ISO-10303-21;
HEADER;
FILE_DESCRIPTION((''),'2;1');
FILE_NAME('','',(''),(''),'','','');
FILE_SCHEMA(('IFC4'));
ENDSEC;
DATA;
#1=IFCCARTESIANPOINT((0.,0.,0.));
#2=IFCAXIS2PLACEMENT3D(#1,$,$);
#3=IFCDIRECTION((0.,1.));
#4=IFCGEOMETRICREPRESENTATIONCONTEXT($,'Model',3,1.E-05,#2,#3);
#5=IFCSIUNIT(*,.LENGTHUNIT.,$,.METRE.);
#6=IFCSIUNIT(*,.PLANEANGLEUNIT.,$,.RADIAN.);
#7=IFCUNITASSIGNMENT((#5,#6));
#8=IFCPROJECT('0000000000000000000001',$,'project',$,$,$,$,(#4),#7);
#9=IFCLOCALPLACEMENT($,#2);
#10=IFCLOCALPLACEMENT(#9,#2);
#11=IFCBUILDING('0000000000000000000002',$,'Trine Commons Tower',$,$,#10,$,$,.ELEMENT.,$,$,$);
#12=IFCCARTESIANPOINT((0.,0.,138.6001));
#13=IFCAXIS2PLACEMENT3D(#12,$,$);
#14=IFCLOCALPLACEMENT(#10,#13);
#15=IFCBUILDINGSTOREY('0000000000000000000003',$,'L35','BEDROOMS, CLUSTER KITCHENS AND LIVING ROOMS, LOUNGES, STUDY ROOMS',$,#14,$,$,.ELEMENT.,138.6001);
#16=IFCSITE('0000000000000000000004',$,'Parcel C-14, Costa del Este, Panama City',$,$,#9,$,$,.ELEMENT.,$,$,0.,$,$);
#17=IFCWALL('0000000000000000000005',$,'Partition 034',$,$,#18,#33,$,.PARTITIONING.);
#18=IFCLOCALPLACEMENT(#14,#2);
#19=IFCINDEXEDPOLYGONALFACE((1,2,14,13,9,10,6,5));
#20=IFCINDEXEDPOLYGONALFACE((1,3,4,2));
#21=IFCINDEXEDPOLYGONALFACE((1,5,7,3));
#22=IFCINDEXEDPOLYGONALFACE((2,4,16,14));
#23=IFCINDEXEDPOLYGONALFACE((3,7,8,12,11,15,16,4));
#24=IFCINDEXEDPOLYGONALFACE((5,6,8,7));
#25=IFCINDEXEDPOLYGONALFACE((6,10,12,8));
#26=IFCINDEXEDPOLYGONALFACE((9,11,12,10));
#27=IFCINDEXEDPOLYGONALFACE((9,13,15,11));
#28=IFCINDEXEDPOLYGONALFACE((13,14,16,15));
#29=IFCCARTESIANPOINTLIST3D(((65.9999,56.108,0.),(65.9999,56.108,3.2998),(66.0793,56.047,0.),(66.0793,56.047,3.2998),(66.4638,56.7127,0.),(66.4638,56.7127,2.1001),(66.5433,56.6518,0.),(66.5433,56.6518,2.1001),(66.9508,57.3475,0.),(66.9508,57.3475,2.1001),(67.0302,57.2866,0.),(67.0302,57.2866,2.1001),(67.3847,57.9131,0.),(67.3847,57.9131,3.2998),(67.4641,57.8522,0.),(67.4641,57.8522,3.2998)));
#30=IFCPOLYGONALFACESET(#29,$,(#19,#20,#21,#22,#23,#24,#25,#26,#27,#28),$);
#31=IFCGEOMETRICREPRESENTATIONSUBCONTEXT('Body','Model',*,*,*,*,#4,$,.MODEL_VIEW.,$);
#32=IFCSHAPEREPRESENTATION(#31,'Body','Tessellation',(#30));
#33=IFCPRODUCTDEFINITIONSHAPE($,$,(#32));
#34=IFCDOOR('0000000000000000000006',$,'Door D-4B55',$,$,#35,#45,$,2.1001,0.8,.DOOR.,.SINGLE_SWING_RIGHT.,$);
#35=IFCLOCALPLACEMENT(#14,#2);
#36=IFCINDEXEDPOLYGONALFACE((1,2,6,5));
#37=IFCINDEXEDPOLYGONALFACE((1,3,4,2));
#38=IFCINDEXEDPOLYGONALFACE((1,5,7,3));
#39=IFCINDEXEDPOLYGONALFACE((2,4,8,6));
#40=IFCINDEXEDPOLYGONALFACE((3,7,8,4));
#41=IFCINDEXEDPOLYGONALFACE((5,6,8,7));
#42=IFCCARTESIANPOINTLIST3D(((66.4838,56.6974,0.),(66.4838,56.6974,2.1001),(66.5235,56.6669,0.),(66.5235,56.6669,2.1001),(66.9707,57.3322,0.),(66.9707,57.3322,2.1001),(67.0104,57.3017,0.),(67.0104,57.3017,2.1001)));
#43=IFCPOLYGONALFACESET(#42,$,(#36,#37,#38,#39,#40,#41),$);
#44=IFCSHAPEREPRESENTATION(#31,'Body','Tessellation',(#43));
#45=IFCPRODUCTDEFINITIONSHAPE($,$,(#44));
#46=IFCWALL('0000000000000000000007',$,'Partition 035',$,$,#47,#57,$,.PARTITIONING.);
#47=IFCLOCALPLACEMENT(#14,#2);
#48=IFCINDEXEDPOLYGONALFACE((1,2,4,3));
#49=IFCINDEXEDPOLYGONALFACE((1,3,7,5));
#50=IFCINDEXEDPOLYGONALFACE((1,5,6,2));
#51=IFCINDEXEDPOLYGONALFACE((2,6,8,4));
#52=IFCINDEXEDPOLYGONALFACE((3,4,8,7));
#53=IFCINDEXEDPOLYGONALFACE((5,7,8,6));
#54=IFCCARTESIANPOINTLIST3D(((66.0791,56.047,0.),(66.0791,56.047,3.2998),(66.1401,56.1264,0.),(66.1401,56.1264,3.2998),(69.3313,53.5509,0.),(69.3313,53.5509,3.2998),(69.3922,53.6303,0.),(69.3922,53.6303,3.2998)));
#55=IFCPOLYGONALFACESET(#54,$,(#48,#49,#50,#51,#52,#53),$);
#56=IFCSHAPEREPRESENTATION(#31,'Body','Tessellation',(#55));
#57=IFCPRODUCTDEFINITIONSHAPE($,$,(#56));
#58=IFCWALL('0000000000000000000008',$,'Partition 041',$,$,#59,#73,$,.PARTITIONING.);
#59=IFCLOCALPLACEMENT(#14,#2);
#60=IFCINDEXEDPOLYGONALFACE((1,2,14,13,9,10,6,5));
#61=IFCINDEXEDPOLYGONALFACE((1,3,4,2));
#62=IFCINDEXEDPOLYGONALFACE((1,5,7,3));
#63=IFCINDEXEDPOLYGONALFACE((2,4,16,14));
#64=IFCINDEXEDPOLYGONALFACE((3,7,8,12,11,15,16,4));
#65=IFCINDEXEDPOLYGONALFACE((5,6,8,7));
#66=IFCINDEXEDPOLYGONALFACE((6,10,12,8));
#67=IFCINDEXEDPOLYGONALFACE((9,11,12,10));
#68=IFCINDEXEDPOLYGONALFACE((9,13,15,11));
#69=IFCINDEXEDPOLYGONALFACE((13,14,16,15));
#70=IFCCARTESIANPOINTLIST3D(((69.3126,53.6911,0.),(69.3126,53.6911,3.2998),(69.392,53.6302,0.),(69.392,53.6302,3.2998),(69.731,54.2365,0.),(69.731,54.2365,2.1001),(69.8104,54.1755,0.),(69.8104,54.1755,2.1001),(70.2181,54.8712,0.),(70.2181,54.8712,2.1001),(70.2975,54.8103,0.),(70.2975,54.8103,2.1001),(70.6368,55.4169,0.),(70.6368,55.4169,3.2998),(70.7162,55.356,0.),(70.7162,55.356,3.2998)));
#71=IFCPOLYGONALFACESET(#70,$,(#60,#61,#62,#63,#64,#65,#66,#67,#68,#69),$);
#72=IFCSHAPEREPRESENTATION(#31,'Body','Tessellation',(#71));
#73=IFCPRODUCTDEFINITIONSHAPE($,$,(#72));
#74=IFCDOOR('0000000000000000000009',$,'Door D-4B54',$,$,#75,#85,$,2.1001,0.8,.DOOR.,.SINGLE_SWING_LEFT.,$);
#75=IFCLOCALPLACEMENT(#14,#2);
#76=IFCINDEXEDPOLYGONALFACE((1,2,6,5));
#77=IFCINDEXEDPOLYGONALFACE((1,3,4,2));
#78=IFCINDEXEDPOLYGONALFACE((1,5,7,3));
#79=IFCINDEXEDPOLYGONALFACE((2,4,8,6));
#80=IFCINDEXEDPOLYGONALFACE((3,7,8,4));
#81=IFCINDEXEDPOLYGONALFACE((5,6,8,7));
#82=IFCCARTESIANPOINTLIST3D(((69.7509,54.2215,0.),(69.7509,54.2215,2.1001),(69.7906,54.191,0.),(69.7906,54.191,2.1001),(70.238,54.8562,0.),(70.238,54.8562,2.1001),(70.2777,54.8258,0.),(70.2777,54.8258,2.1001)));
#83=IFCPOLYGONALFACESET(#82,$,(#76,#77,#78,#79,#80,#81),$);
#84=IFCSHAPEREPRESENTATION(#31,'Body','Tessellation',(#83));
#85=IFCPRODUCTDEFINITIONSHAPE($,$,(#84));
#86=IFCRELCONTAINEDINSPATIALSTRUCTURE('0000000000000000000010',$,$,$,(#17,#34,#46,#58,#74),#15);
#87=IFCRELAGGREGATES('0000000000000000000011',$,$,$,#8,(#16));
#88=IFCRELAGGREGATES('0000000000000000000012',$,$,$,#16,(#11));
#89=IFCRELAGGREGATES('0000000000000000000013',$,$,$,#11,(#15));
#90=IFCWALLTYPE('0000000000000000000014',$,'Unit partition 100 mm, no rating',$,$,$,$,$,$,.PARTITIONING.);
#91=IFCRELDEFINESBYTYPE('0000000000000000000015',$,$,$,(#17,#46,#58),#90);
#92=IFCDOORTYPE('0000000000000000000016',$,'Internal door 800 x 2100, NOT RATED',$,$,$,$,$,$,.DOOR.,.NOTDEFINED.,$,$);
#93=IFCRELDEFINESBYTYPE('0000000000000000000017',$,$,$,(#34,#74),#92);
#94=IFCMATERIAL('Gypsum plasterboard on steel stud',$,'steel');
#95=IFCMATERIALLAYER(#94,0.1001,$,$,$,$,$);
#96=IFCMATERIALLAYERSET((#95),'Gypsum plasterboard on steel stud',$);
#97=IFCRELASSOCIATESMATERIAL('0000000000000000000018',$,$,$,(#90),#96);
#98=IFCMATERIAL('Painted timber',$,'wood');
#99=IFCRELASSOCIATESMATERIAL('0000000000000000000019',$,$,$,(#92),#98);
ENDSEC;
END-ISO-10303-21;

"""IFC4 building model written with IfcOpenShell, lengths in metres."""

from ifc_helpers import new_model, si_unit, direction, frame, frame_2d, origin, place, context, subcontext, project, spatial, rectangle, extrude, material, layer, layer_set, type_object, element, fill, save


model = new_model("IFC4")

# Units and contexts
model_context = context("Model", 3, precision=1e-05, world=origin(), true_north=direction((0.0, 1.0)))
body_context = subcontext(model_context, "Body", "Model", "MODEL_VIEW")
ifc_project = project(units=[si_unit("LENGTHUNIT", "METRE"), si_unit("PLANEANGLEUNIT", "RADIAN")], contexts=[model_context])

# Site, building, storey
site_placement = place(None, origin())
site = spatial("IfcSite", under=ifc_project, at=site_placement, Name="Parcel C-14, Costa del Este, Panama City", CompositionType="ELEMENT", RefElevation=0.0)
building_placement = place(site_placement, origin())
building = spatial("IfcBuilding", under=site, at=building_placement, Name="Trine Commons Tower", CompositionType="ELEMENT")
storey_placement = place(building_placement, frame((0.0, 0.0, 138.6001)))
storey = spatial("IfcBuildingStorey", under=building, at=storey_placement, Name="L35", Description="BEDROOMS, CLUSTER KITCHENS AND LIVING ROOMS, LOUNGES, STUDY ROOMS", CompositionType="ELEMENT", Elevation=138.6001)

# Shared definitions
ifc_material_1 = material(Name="Gypsum plasterboard on steel stud", Category="steel")

# Shared definitions
ifc_material_2 = material(Name="Painted timber", Category="wood")

# Shared definitions
ifc_layer_1 = layer(ifc_material_1, 0.1001)
ifc_layer_set_1 = layer_set([ifc_layer_1], Name="Gypsum plasterboard on steel stud")
wall_type_1 = type_object("IfcWallType", Name="Unit partition 100 mm, no rating", PredefinedType="PARTITIONING", material=ifc_layer_set_1)
door_type_1 = type_object("IfcDoorType", Name="Internal door 800 x 2100, NOT RATED", OperationType="NOTDEFINED", PredefinedType="DOOR", material=ifc_material_2)

# Wall, opening, door
wall_1_placement = place(storey_placement, frame((66.0396, 56.0774, 0.0), z_axis=(0.0, 0.0, 1.0), x_axis=(0.608652, 0.793437, 0.0)))
wall_1 = element("IfcWall", 1, at=wall_1_placement, inside=storey, type_object=wall_type_1, Name="Partition 034", PredefinedType="PARTITIONING", context=body_context, shape_type="SweptSolid", body=[
    extrude(rectangle(XDim=2.2751, YDim=0.1001, at=frame_2d((1.1377, 0.0))), origin(), (0.0, 0.0, 1.0), 3.2998),
])
opening_1_placement = place(wall_1_placement, frame((0.7625, 0.0, 0.0)))
opening_1 = element("IfcOpeningElement", 2, at=opening_1_placement, cuts=wall_1, PredefinedType="OPENING", context=body_context, shape_type="SweptSolid", body=[
    extrude(rectangle(XDim=0.8, YDim=2.1001, at=frame_2d((0.3999, 1.05))), frame((0.0, 0.0601, 0.0), z_axis=(0.0, -1.0, 0.0), x_axis=(1.0, 0.0, 0.0)), (0.0, 0.0, 1.0), 0.1201),
])
door_1_placement = place(opening_1_placement, origin())
door_1 = element("IfcDoor", 3, at=door_1_placement, inside=storey, type_object=door_type_1, Name="Door D-4B55", OperationType="SINGLE_SWING_RIGHT", OverallHeight=2.1001, OverallWidth=0.8, PredefinedType="DOOR", context=body_context, shape_type="SweptSolid", body=[
    extrude(rectangle(XDim=0.8, YDim=2.1001, at=frame_2d((0.3999, 1.05))), frame((0.0, 0.0249, 0.0), z_axis=(0.0, -1.0, 0.0), x_axis=(1.0, 0.0, 0.0)), (0.0, 0.0, 1.0), 0.05),
])
fill(opening_1, door_1)

# Wall
wall_2_placement = place(storey_placement, frame((66.1096, 56.0867, 0.0), z_axis=(0.0, 0.0, 1.0), x_axis=(0.793283, -0.608853, 0.0)))
element("IfcWall", 4, at=wall_2_placement, inside=storey, type_object=wall_type_1, Name="Partition 035", PredefinedType="PARTITIONING", context=body_context, shape_type="SweptSolid", body=[
    extrude(rectangle(XDim=4.0996, YDim=0.1001, at=frame_2d((2.0498, 0.0))), origin(), (0.0, 0.0, 1.0), 3.2998),
])

# Wall, opening, door
wall_3_placement = place(storey_placement, frame((69.3523, 53.6606, 0.0), z_axis=(0.0, 0.0, 1.0), x_axis=(0.608745, 0.793366, 0.0)))
wall_3 = element("IfcWall", 5, at=wall_3_placement, inside=storey, type_object=wall_type_1, Name="Partition 041", PredefinedType="PARTITIONING", context=body_context, shape_type="SweptSolid", body=[
    extrude(rectangle(XDim=2.1753, YDim=0.1001, at=frame_2d((1.0876, 0.0))), origin(), (0.0, 0.0, 1.0), 3.2998),
])
opening_2_placement = place(wall_3_placement, frame((0.6875, 0.0, 0.0)))
opening_2 = element("IfcOpeningElement", 6, at=opening_2_placement, cuts=wall_3, PredefinedType="OPENING", context=body_context, shape_type="SweptSolid", body=[
    extrude(rectangle(XDim=0.8, YDim=2.1001, at=frame_2d((0.3999, 1.05))), frame((0.0, 0.0601, 0.0), z_axis=(0.0, -1.0, 0.0), x_axis=(1.0, 0.0, 0.0)), (0.0, 0.0, 1.0), 0.1201),
])
door_2_placement = place(opening_2_placement, frame((0.8, 0.0, 0.0), z_axis=(0.0, 0.0, 1.0), x_axis=(-1.0, 0.0, 0.0)))
door_2 = element("IfcDoor", 7, at=door_2_placement, inside=storey, type_object=door_type_1, Name="Door D-4B54", OperationType="SINGLE_SWING_LEFT", OverallHeight=2.1001, OverallWidth=0.8, PredefinedType="DOOR", context=body_context, shape_type="SweptSolid", body=[
    extrude(rectangle(XDim=0.8, YDim=2.1001, at=frame_2d((0.3999, 1.05))), frame((0.0, 0.0249, 0.0), z_axis=(0.0, -1.0, 0.0), x_axis=(1.0, 0.0, 0.0)), (0.0, 0.0, 1.0), 0.05),
])
fill(opening_2, door_2)

save(model, "model.ifc")
